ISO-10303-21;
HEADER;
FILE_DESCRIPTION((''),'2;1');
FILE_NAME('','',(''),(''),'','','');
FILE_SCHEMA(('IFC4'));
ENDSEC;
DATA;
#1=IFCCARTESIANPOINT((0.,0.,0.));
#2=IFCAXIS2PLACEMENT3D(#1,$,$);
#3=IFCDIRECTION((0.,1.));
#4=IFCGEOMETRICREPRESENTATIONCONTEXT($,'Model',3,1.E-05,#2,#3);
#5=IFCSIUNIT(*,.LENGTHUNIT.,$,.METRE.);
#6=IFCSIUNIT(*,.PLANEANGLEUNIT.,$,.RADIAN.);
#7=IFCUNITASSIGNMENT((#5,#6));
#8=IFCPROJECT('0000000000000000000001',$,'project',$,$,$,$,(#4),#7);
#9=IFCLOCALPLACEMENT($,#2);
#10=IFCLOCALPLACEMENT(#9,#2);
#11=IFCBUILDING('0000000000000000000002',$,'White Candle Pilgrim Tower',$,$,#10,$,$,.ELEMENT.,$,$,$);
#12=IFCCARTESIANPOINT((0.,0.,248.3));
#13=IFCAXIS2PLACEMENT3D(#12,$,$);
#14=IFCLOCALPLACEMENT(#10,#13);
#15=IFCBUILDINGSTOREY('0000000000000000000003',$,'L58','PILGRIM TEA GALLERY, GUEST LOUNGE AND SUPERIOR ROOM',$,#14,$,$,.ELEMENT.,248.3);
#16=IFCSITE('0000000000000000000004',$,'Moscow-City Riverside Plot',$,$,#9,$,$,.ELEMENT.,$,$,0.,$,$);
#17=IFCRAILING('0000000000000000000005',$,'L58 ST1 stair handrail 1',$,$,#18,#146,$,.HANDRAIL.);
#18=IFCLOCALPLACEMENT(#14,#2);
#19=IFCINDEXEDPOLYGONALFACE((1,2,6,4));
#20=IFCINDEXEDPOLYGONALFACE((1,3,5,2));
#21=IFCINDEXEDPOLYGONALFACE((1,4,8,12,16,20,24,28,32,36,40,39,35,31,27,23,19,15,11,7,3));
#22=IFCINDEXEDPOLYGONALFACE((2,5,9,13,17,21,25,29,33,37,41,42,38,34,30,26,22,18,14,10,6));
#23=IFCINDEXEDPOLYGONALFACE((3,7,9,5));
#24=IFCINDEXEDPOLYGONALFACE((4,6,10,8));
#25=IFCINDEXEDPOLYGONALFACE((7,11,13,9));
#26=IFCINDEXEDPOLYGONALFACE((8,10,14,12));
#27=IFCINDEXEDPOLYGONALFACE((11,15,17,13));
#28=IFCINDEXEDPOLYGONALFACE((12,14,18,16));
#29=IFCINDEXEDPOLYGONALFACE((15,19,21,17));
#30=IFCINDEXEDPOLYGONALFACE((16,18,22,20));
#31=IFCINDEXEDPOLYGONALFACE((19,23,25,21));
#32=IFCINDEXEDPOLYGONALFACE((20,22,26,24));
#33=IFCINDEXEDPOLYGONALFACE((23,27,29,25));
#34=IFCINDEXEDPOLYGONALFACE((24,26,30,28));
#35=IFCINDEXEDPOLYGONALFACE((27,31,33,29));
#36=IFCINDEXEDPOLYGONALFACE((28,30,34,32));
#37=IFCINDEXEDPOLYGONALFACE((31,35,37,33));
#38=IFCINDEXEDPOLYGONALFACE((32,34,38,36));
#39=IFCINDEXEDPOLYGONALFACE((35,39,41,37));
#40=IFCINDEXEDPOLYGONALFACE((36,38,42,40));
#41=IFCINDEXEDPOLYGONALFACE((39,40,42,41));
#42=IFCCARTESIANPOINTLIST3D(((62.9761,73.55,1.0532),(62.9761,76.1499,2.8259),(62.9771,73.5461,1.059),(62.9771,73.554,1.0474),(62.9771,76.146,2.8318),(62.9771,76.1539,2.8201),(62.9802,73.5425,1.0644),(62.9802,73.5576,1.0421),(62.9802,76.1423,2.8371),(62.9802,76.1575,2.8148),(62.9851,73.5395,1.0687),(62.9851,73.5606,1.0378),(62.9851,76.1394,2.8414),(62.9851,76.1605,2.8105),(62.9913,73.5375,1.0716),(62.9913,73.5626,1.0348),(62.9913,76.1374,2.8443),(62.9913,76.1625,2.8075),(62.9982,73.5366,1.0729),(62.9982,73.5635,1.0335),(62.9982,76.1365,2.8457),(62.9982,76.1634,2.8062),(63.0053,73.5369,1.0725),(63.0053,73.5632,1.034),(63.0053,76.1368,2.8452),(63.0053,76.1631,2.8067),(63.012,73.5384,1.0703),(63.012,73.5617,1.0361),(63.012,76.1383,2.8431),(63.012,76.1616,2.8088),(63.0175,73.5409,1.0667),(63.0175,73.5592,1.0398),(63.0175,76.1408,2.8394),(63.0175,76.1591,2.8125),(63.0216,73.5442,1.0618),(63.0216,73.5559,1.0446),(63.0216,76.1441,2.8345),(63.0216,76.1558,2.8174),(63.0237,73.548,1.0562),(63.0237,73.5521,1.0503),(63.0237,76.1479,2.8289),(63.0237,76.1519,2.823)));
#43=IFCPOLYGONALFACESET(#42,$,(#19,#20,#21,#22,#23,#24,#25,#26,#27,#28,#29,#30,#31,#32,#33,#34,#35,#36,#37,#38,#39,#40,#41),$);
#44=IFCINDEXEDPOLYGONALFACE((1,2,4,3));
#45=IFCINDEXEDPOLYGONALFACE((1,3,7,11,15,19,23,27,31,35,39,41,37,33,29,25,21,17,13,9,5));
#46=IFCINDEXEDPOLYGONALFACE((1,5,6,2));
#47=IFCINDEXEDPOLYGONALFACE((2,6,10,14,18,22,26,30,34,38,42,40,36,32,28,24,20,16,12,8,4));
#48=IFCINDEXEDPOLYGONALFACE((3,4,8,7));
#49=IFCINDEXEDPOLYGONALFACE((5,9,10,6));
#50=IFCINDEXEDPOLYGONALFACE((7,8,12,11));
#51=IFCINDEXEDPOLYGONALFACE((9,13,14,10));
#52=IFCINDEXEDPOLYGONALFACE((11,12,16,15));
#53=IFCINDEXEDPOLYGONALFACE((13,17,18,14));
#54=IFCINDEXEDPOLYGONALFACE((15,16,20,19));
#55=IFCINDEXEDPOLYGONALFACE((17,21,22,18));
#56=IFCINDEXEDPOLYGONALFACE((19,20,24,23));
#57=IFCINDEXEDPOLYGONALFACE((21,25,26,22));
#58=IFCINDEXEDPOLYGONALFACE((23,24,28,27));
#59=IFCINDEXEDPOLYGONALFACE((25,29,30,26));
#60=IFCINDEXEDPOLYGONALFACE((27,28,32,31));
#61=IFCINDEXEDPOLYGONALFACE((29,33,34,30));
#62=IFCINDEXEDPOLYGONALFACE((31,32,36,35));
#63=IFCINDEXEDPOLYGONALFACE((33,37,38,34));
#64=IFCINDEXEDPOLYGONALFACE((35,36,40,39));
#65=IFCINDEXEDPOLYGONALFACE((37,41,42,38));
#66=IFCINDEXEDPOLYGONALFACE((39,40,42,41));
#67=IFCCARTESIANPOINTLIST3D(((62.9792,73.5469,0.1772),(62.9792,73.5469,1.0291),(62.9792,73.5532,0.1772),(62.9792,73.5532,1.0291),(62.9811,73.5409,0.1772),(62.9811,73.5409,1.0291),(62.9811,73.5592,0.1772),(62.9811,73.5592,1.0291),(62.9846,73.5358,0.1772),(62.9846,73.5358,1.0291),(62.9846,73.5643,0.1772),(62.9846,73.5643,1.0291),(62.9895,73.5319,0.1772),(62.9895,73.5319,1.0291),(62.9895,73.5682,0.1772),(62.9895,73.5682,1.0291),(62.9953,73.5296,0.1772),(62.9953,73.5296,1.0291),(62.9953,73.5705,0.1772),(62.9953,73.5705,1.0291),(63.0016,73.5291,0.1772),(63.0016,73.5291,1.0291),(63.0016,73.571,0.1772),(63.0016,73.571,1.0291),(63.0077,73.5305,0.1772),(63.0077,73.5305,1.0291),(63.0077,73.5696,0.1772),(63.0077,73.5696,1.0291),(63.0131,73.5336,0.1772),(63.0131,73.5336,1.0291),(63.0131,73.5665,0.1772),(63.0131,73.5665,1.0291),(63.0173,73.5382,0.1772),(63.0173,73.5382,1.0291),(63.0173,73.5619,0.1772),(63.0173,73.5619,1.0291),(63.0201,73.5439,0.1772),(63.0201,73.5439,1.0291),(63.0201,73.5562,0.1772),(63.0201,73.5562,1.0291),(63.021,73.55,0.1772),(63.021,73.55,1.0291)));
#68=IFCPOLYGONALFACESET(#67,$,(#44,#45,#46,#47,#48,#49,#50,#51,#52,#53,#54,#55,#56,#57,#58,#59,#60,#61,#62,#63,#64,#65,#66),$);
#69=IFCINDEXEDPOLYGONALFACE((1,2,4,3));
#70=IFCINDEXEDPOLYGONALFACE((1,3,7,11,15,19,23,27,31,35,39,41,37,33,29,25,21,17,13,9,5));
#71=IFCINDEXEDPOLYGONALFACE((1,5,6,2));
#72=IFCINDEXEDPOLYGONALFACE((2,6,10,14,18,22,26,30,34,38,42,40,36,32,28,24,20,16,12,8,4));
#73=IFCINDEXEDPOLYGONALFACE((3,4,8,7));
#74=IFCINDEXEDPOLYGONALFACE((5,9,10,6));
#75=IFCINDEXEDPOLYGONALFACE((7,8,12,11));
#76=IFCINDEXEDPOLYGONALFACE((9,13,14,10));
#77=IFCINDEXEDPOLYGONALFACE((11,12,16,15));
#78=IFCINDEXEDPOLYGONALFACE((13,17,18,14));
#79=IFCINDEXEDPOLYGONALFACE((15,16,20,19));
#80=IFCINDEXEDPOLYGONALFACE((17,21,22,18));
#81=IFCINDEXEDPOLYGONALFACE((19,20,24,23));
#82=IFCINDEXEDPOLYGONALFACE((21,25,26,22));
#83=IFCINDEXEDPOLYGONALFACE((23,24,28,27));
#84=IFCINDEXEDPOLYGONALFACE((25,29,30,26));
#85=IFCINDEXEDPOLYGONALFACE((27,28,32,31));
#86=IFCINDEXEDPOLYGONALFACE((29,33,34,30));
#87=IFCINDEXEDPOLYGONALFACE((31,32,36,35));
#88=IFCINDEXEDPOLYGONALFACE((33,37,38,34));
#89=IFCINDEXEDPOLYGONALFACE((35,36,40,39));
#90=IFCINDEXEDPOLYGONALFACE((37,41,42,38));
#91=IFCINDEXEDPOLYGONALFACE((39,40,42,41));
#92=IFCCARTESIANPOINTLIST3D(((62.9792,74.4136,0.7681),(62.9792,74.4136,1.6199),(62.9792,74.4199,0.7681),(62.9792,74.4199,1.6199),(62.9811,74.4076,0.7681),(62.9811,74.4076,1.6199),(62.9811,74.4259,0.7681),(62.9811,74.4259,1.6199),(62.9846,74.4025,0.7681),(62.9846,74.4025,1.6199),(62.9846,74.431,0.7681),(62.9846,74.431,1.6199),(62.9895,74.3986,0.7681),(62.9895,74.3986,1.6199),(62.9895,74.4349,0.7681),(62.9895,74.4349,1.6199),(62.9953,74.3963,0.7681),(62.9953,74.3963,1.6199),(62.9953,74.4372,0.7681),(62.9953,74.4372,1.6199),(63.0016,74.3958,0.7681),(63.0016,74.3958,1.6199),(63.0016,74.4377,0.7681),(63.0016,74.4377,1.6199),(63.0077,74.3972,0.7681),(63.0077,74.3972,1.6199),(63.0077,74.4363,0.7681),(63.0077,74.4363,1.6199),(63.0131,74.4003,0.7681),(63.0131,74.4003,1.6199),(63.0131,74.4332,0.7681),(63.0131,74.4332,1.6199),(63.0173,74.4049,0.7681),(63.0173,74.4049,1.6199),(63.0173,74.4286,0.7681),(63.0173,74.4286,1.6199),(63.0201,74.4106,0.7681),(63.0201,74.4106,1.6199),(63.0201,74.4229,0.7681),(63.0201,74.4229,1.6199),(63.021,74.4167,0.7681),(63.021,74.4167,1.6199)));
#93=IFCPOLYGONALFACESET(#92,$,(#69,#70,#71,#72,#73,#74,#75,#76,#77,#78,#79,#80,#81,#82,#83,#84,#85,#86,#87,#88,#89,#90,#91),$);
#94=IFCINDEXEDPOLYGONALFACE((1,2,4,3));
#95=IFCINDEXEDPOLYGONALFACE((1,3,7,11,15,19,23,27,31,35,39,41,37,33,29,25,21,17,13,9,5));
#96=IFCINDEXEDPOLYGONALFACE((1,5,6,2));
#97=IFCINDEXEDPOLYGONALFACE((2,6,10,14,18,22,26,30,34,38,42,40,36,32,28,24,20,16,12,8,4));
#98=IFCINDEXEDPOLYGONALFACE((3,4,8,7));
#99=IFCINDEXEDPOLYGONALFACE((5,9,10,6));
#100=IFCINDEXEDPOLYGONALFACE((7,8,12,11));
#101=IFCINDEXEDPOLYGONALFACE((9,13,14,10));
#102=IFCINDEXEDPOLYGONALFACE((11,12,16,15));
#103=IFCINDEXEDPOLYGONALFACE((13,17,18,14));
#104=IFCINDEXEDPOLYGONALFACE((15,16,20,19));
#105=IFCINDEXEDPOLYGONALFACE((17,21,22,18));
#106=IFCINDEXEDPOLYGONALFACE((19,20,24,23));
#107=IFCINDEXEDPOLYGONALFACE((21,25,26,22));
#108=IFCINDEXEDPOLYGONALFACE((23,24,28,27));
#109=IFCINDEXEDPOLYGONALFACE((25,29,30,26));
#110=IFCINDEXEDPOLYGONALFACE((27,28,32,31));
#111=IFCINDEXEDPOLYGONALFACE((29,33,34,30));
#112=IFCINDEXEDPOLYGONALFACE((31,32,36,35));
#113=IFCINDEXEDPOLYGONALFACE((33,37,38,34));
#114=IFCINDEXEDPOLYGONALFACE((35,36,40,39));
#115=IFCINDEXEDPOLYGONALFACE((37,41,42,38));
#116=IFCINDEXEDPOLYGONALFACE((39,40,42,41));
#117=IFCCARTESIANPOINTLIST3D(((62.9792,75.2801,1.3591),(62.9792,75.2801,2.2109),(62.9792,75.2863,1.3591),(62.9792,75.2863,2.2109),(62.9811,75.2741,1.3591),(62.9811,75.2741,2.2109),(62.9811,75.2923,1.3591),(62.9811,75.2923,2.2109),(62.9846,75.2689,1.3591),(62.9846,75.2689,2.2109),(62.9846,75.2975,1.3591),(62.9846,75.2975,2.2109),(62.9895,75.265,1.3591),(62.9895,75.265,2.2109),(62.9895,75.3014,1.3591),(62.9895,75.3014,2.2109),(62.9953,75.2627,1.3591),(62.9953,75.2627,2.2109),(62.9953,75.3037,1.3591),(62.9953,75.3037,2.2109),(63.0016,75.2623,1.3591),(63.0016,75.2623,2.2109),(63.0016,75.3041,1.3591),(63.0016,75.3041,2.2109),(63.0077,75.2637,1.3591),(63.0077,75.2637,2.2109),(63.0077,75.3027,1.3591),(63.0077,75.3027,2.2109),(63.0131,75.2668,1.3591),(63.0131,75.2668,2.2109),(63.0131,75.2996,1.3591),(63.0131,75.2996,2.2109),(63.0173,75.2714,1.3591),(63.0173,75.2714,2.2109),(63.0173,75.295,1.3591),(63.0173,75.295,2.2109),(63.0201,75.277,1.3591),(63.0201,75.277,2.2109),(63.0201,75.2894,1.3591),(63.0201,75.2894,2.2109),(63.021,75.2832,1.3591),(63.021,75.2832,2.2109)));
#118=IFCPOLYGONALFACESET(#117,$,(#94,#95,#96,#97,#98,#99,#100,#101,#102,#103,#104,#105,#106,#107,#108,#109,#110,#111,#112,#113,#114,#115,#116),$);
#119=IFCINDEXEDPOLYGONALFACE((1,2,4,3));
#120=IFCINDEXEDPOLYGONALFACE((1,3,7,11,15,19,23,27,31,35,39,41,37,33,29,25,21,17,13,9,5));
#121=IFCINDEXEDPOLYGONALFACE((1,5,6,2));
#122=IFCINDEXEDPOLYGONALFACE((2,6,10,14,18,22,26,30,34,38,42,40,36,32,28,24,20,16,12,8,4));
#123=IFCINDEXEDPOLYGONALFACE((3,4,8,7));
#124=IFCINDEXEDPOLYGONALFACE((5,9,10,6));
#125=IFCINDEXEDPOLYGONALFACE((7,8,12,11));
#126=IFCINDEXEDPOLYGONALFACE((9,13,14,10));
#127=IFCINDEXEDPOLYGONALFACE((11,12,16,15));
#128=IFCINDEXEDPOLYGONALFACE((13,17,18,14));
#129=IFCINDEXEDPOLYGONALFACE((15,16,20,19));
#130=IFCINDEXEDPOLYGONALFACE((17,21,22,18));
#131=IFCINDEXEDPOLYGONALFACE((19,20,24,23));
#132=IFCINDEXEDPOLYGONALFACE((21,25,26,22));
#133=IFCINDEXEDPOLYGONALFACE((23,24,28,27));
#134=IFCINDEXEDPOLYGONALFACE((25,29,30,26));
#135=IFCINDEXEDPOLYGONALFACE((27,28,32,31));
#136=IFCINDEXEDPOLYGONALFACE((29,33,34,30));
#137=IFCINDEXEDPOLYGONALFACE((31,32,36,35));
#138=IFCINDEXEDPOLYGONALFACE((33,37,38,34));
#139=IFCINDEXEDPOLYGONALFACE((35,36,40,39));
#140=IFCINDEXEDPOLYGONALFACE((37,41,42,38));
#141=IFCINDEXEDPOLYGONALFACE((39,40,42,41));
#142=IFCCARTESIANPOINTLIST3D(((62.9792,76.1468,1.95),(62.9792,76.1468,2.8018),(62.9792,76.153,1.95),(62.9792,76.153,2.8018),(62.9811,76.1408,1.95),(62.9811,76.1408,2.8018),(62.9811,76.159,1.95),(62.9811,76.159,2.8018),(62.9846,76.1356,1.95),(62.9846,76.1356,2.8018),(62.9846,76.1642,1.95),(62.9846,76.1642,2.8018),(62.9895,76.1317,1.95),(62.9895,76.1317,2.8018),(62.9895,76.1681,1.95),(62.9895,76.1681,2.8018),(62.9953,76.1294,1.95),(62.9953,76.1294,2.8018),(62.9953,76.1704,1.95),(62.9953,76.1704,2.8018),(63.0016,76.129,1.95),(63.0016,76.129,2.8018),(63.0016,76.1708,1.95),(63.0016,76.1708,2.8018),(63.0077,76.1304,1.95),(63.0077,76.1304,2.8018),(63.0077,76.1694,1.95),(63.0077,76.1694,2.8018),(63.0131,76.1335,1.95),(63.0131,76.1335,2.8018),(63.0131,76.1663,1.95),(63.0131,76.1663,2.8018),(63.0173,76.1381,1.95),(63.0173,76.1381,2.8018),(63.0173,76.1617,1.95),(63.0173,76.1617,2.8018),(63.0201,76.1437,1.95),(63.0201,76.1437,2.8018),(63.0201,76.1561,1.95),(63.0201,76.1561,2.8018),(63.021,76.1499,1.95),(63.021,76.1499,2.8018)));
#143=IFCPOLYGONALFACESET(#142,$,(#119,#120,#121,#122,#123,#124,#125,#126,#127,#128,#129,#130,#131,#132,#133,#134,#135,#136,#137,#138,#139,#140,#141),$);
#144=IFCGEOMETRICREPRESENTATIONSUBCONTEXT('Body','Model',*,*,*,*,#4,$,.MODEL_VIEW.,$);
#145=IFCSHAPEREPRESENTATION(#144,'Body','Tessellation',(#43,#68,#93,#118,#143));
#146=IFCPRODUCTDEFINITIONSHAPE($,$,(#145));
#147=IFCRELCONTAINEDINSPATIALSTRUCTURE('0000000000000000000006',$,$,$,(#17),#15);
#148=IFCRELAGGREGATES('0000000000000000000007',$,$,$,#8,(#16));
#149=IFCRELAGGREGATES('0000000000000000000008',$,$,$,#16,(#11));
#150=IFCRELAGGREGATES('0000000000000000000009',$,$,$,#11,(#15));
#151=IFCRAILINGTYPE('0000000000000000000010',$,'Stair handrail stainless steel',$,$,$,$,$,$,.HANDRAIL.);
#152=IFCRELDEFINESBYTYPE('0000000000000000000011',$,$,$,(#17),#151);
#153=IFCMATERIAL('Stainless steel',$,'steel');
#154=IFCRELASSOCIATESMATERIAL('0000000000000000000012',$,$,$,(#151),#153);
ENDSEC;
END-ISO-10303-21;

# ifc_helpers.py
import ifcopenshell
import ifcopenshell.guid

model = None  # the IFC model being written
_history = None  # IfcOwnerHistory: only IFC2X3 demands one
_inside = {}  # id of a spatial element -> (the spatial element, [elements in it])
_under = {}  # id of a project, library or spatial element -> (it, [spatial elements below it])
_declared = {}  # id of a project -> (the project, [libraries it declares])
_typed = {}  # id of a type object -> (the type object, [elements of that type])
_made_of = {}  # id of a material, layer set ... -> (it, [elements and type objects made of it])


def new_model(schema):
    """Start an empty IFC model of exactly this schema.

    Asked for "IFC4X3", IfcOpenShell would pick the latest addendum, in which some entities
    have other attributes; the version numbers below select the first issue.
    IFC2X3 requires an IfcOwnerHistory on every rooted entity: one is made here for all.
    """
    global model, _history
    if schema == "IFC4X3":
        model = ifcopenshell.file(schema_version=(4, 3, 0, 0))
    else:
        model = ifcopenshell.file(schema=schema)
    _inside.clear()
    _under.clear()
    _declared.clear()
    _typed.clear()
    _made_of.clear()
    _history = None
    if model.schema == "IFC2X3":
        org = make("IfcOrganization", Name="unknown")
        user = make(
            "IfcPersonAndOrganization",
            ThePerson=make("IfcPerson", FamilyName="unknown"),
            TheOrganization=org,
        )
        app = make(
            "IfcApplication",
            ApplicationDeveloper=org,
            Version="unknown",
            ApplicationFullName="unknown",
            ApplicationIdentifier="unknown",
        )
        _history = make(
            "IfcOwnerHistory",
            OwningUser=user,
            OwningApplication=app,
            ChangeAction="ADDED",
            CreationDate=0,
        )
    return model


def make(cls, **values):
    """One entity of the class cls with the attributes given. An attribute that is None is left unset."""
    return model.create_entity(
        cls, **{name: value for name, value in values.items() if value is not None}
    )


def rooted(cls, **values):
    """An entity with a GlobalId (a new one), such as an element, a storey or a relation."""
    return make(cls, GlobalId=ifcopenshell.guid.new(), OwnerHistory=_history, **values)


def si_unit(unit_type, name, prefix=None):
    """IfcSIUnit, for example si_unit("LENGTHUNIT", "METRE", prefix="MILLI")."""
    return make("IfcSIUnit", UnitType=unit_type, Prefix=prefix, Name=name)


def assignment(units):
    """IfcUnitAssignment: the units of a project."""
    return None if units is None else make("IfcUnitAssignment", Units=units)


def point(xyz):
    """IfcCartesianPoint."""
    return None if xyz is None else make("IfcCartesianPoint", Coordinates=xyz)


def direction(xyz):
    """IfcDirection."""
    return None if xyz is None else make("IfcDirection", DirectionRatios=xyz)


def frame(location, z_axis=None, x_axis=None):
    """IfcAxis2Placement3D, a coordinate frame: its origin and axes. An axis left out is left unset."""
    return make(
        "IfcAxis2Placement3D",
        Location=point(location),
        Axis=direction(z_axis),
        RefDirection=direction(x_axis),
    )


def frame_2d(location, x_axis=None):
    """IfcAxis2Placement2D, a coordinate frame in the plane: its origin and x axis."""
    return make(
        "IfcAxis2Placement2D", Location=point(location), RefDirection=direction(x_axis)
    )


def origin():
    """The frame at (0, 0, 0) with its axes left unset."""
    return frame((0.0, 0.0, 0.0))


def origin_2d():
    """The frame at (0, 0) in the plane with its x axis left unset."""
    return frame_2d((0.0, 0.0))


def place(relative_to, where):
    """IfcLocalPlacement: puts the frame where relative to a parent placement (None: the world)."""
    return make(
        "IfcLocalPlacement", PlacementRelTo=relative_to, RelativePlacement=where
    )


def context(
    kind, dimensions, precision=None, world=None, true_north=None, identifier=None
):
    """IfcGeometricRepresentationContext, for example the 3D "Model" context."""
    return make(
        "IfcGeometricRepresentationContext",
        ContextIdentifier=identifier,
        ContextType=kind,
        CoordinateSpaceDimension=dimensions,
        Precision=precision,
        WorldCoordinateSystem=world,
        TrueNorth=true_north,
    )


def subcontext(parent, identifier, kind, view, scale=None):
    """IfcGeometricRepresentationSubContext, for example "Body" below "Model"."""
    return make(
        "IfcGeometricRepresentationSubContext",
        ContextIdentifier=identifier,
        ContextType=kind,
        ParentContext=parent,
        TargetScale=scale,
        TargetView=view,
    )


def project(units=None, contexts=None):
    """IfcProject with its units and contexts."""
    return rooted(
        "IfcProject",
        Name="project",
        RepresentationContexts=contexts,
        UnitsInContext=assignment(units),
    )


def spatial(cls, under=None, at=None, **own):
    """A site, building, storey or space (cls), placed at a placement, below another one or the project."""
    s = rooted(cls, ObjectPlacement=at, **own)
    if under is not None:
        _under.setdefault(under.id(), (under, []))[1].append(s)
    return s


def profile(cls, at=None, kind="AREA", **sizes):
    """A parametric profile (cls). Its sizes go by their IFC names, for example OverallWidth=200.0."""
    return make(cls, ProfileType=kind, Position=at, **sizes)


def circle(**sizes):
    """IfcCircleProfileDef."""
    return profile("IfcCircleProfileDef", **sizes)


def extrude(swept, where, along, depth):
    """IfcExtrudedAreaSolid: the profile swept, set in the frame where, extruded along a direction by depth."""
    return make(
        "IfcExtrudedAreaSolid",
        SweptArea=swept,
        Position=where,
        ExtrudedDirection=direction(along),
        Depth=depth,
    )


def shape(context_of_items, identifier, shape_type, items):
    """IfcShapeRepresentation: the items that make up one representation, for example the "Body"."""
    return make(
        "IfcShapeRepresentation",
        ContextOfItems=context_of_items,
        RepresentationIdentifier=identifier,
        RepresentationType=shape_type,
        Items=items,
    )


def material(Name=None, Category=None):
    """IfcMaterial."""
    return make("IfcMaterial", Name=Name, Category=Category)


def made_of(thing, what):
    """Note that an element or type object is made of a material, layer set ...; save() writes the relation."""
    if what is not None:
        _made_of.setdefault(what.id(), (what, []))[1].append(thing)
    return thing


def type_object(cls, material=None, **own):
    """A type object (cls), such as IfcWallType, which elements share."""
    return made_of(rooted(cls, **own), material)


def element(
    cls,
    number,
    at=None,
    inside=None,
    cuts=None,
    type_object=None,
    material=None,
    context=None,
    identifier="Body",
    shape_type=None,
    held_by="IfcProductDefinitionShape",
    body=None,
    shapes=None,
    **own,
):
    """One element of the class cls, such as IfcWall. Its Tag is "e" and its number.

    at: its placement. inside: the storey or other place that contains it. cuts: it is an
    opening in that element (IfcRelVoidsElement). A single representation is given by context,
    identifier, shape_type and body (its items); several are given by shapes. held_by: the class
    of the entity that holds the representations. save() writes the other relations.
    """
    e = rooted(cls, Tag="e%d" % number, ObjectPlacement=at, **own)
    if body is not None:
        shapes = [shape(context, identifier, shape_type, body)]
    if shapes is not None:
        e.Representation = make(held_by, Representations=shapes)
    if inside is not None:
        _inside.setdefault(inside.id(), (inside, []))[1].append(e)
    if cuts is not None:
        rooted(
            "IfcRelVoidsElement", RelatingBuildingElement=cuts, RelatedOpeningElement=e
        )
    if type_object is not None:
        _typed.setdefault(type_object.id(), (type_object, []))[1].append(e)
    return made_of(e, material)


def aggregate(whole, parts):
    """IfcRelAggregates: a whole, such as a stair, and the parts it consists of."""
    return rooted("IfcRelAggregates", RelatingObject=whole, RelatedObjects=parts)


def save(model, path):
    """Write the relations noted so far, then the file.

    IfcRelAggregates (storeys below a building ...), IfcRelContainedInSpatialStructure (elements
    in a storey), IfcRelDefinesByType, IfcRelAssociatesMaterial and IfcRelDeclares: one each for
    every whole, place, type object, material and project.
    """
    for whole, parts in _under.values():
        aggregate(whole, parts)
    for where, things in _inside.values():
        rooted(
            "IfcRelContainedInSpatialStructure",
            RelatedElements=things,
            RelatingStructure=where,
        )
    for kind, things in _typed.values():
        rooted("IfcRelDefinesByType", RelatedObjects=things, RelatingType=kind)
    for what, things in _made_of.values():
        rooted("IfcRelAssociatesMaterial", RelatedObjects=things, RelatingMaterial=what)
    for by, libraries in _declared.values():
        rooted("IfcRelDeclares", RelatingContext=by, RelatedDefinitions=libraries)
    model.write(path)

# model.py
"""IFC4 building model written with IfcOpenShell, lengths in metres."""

from ifc_helpers import new_model, si_unit, direction, frame, origin, origin_2d, place, context, subcontext, project, spatial, circle, extrude, material, type_object, element, save


model = new_model("IFC4")

# Units and contexts
model_context = context("Model", 3, precision=1e-05, world=origin(), true_north=direction((0.0, 1.0)))
body_context = subcontext(model_context, "Body", "Model", "MODEL_VIEW")
ifc_project = project(units=[si_unit("LENGTHUNIT", "METRE"), si_unit("PLANEANGLEUNIT", "RADIAN")], contexts=[model_context])

# Site, building, storey
site_placement = place(None, origin())
site = spatial("IfcSite", under=ifc_project, at=site_placement, Name="Moscow-City Riverside Plot", CompositionType="ELEMENT", RefElevation=0.0)
building_placement = place(site_placement, origin())
building = spatial("IfcBuilding", under=site, at=building_placement, Name="White Candle Pilgrim Tower", CompositionType="ELEMENT")
storey_placement = place(building_placement, frame((0.0, 0.0, 248.3)))
storey = spatial("IfcBuildingStorey", under=building, at=storey_placement, Name="L58", Description="PILGRIM TEA GALLERY, GUEST LOUNGE AND SUPERIOR ROOM", CompositionType="ELEMENT", Elevation=248.3)

# Railing
ifc_material_1 = material(Name="Stainless steel", Category="steel")
railing_type_1 = type_object("IfcRailingType", Name="Stair handrail stainless steel", PredefinedType="HANDRAIL", material=ifc_material_1)
railing_1_placement = place(storey_placement, frame((63.0, 73.55, 0.1772)))
element("IfcRailing", 1, at=railing_1_placement, inside=storey, type_object=railing_type_1, Name="L58 ST1 stair handrail 1", PredefinedType="HANDRAIL", context=body_context, shape_type="SweptSolid", body=[
    extrude(circle(Radius=0.0239, at=origin_2d()), frame((0.0, 0.0, 0.876), z_axis=(0.0, 0.826216, 0.563354), x_axis=(-1.0, 0.0, 0.0)), (0.0, 0.0, 1.0), 3.1467),
    extrude(circle(Radius=0.021, at=origin_2d()), origin(), (0.0, 0.0, 1.0), 0.8518),
    extrude(circle(Radius=0.021, at=origin_2d()), frame((0.0, 0.8667, 0.5908)), (0.0, 0.0, 1.0), 0.8518),
    extrude(circle(Radius=0.021, at=origin_2d()), frame((0.0, 1.7332, 1.1819)), (0.0, 0.0, 1.0), 0.8518),
    extrude(circle(Radius=0.021, at=origin_2d()), frame((0.0, 2.5999, 1.7727)), (0.0, 0.0, 1.0), 0.8518),
])

save(model, "model.ifc")
